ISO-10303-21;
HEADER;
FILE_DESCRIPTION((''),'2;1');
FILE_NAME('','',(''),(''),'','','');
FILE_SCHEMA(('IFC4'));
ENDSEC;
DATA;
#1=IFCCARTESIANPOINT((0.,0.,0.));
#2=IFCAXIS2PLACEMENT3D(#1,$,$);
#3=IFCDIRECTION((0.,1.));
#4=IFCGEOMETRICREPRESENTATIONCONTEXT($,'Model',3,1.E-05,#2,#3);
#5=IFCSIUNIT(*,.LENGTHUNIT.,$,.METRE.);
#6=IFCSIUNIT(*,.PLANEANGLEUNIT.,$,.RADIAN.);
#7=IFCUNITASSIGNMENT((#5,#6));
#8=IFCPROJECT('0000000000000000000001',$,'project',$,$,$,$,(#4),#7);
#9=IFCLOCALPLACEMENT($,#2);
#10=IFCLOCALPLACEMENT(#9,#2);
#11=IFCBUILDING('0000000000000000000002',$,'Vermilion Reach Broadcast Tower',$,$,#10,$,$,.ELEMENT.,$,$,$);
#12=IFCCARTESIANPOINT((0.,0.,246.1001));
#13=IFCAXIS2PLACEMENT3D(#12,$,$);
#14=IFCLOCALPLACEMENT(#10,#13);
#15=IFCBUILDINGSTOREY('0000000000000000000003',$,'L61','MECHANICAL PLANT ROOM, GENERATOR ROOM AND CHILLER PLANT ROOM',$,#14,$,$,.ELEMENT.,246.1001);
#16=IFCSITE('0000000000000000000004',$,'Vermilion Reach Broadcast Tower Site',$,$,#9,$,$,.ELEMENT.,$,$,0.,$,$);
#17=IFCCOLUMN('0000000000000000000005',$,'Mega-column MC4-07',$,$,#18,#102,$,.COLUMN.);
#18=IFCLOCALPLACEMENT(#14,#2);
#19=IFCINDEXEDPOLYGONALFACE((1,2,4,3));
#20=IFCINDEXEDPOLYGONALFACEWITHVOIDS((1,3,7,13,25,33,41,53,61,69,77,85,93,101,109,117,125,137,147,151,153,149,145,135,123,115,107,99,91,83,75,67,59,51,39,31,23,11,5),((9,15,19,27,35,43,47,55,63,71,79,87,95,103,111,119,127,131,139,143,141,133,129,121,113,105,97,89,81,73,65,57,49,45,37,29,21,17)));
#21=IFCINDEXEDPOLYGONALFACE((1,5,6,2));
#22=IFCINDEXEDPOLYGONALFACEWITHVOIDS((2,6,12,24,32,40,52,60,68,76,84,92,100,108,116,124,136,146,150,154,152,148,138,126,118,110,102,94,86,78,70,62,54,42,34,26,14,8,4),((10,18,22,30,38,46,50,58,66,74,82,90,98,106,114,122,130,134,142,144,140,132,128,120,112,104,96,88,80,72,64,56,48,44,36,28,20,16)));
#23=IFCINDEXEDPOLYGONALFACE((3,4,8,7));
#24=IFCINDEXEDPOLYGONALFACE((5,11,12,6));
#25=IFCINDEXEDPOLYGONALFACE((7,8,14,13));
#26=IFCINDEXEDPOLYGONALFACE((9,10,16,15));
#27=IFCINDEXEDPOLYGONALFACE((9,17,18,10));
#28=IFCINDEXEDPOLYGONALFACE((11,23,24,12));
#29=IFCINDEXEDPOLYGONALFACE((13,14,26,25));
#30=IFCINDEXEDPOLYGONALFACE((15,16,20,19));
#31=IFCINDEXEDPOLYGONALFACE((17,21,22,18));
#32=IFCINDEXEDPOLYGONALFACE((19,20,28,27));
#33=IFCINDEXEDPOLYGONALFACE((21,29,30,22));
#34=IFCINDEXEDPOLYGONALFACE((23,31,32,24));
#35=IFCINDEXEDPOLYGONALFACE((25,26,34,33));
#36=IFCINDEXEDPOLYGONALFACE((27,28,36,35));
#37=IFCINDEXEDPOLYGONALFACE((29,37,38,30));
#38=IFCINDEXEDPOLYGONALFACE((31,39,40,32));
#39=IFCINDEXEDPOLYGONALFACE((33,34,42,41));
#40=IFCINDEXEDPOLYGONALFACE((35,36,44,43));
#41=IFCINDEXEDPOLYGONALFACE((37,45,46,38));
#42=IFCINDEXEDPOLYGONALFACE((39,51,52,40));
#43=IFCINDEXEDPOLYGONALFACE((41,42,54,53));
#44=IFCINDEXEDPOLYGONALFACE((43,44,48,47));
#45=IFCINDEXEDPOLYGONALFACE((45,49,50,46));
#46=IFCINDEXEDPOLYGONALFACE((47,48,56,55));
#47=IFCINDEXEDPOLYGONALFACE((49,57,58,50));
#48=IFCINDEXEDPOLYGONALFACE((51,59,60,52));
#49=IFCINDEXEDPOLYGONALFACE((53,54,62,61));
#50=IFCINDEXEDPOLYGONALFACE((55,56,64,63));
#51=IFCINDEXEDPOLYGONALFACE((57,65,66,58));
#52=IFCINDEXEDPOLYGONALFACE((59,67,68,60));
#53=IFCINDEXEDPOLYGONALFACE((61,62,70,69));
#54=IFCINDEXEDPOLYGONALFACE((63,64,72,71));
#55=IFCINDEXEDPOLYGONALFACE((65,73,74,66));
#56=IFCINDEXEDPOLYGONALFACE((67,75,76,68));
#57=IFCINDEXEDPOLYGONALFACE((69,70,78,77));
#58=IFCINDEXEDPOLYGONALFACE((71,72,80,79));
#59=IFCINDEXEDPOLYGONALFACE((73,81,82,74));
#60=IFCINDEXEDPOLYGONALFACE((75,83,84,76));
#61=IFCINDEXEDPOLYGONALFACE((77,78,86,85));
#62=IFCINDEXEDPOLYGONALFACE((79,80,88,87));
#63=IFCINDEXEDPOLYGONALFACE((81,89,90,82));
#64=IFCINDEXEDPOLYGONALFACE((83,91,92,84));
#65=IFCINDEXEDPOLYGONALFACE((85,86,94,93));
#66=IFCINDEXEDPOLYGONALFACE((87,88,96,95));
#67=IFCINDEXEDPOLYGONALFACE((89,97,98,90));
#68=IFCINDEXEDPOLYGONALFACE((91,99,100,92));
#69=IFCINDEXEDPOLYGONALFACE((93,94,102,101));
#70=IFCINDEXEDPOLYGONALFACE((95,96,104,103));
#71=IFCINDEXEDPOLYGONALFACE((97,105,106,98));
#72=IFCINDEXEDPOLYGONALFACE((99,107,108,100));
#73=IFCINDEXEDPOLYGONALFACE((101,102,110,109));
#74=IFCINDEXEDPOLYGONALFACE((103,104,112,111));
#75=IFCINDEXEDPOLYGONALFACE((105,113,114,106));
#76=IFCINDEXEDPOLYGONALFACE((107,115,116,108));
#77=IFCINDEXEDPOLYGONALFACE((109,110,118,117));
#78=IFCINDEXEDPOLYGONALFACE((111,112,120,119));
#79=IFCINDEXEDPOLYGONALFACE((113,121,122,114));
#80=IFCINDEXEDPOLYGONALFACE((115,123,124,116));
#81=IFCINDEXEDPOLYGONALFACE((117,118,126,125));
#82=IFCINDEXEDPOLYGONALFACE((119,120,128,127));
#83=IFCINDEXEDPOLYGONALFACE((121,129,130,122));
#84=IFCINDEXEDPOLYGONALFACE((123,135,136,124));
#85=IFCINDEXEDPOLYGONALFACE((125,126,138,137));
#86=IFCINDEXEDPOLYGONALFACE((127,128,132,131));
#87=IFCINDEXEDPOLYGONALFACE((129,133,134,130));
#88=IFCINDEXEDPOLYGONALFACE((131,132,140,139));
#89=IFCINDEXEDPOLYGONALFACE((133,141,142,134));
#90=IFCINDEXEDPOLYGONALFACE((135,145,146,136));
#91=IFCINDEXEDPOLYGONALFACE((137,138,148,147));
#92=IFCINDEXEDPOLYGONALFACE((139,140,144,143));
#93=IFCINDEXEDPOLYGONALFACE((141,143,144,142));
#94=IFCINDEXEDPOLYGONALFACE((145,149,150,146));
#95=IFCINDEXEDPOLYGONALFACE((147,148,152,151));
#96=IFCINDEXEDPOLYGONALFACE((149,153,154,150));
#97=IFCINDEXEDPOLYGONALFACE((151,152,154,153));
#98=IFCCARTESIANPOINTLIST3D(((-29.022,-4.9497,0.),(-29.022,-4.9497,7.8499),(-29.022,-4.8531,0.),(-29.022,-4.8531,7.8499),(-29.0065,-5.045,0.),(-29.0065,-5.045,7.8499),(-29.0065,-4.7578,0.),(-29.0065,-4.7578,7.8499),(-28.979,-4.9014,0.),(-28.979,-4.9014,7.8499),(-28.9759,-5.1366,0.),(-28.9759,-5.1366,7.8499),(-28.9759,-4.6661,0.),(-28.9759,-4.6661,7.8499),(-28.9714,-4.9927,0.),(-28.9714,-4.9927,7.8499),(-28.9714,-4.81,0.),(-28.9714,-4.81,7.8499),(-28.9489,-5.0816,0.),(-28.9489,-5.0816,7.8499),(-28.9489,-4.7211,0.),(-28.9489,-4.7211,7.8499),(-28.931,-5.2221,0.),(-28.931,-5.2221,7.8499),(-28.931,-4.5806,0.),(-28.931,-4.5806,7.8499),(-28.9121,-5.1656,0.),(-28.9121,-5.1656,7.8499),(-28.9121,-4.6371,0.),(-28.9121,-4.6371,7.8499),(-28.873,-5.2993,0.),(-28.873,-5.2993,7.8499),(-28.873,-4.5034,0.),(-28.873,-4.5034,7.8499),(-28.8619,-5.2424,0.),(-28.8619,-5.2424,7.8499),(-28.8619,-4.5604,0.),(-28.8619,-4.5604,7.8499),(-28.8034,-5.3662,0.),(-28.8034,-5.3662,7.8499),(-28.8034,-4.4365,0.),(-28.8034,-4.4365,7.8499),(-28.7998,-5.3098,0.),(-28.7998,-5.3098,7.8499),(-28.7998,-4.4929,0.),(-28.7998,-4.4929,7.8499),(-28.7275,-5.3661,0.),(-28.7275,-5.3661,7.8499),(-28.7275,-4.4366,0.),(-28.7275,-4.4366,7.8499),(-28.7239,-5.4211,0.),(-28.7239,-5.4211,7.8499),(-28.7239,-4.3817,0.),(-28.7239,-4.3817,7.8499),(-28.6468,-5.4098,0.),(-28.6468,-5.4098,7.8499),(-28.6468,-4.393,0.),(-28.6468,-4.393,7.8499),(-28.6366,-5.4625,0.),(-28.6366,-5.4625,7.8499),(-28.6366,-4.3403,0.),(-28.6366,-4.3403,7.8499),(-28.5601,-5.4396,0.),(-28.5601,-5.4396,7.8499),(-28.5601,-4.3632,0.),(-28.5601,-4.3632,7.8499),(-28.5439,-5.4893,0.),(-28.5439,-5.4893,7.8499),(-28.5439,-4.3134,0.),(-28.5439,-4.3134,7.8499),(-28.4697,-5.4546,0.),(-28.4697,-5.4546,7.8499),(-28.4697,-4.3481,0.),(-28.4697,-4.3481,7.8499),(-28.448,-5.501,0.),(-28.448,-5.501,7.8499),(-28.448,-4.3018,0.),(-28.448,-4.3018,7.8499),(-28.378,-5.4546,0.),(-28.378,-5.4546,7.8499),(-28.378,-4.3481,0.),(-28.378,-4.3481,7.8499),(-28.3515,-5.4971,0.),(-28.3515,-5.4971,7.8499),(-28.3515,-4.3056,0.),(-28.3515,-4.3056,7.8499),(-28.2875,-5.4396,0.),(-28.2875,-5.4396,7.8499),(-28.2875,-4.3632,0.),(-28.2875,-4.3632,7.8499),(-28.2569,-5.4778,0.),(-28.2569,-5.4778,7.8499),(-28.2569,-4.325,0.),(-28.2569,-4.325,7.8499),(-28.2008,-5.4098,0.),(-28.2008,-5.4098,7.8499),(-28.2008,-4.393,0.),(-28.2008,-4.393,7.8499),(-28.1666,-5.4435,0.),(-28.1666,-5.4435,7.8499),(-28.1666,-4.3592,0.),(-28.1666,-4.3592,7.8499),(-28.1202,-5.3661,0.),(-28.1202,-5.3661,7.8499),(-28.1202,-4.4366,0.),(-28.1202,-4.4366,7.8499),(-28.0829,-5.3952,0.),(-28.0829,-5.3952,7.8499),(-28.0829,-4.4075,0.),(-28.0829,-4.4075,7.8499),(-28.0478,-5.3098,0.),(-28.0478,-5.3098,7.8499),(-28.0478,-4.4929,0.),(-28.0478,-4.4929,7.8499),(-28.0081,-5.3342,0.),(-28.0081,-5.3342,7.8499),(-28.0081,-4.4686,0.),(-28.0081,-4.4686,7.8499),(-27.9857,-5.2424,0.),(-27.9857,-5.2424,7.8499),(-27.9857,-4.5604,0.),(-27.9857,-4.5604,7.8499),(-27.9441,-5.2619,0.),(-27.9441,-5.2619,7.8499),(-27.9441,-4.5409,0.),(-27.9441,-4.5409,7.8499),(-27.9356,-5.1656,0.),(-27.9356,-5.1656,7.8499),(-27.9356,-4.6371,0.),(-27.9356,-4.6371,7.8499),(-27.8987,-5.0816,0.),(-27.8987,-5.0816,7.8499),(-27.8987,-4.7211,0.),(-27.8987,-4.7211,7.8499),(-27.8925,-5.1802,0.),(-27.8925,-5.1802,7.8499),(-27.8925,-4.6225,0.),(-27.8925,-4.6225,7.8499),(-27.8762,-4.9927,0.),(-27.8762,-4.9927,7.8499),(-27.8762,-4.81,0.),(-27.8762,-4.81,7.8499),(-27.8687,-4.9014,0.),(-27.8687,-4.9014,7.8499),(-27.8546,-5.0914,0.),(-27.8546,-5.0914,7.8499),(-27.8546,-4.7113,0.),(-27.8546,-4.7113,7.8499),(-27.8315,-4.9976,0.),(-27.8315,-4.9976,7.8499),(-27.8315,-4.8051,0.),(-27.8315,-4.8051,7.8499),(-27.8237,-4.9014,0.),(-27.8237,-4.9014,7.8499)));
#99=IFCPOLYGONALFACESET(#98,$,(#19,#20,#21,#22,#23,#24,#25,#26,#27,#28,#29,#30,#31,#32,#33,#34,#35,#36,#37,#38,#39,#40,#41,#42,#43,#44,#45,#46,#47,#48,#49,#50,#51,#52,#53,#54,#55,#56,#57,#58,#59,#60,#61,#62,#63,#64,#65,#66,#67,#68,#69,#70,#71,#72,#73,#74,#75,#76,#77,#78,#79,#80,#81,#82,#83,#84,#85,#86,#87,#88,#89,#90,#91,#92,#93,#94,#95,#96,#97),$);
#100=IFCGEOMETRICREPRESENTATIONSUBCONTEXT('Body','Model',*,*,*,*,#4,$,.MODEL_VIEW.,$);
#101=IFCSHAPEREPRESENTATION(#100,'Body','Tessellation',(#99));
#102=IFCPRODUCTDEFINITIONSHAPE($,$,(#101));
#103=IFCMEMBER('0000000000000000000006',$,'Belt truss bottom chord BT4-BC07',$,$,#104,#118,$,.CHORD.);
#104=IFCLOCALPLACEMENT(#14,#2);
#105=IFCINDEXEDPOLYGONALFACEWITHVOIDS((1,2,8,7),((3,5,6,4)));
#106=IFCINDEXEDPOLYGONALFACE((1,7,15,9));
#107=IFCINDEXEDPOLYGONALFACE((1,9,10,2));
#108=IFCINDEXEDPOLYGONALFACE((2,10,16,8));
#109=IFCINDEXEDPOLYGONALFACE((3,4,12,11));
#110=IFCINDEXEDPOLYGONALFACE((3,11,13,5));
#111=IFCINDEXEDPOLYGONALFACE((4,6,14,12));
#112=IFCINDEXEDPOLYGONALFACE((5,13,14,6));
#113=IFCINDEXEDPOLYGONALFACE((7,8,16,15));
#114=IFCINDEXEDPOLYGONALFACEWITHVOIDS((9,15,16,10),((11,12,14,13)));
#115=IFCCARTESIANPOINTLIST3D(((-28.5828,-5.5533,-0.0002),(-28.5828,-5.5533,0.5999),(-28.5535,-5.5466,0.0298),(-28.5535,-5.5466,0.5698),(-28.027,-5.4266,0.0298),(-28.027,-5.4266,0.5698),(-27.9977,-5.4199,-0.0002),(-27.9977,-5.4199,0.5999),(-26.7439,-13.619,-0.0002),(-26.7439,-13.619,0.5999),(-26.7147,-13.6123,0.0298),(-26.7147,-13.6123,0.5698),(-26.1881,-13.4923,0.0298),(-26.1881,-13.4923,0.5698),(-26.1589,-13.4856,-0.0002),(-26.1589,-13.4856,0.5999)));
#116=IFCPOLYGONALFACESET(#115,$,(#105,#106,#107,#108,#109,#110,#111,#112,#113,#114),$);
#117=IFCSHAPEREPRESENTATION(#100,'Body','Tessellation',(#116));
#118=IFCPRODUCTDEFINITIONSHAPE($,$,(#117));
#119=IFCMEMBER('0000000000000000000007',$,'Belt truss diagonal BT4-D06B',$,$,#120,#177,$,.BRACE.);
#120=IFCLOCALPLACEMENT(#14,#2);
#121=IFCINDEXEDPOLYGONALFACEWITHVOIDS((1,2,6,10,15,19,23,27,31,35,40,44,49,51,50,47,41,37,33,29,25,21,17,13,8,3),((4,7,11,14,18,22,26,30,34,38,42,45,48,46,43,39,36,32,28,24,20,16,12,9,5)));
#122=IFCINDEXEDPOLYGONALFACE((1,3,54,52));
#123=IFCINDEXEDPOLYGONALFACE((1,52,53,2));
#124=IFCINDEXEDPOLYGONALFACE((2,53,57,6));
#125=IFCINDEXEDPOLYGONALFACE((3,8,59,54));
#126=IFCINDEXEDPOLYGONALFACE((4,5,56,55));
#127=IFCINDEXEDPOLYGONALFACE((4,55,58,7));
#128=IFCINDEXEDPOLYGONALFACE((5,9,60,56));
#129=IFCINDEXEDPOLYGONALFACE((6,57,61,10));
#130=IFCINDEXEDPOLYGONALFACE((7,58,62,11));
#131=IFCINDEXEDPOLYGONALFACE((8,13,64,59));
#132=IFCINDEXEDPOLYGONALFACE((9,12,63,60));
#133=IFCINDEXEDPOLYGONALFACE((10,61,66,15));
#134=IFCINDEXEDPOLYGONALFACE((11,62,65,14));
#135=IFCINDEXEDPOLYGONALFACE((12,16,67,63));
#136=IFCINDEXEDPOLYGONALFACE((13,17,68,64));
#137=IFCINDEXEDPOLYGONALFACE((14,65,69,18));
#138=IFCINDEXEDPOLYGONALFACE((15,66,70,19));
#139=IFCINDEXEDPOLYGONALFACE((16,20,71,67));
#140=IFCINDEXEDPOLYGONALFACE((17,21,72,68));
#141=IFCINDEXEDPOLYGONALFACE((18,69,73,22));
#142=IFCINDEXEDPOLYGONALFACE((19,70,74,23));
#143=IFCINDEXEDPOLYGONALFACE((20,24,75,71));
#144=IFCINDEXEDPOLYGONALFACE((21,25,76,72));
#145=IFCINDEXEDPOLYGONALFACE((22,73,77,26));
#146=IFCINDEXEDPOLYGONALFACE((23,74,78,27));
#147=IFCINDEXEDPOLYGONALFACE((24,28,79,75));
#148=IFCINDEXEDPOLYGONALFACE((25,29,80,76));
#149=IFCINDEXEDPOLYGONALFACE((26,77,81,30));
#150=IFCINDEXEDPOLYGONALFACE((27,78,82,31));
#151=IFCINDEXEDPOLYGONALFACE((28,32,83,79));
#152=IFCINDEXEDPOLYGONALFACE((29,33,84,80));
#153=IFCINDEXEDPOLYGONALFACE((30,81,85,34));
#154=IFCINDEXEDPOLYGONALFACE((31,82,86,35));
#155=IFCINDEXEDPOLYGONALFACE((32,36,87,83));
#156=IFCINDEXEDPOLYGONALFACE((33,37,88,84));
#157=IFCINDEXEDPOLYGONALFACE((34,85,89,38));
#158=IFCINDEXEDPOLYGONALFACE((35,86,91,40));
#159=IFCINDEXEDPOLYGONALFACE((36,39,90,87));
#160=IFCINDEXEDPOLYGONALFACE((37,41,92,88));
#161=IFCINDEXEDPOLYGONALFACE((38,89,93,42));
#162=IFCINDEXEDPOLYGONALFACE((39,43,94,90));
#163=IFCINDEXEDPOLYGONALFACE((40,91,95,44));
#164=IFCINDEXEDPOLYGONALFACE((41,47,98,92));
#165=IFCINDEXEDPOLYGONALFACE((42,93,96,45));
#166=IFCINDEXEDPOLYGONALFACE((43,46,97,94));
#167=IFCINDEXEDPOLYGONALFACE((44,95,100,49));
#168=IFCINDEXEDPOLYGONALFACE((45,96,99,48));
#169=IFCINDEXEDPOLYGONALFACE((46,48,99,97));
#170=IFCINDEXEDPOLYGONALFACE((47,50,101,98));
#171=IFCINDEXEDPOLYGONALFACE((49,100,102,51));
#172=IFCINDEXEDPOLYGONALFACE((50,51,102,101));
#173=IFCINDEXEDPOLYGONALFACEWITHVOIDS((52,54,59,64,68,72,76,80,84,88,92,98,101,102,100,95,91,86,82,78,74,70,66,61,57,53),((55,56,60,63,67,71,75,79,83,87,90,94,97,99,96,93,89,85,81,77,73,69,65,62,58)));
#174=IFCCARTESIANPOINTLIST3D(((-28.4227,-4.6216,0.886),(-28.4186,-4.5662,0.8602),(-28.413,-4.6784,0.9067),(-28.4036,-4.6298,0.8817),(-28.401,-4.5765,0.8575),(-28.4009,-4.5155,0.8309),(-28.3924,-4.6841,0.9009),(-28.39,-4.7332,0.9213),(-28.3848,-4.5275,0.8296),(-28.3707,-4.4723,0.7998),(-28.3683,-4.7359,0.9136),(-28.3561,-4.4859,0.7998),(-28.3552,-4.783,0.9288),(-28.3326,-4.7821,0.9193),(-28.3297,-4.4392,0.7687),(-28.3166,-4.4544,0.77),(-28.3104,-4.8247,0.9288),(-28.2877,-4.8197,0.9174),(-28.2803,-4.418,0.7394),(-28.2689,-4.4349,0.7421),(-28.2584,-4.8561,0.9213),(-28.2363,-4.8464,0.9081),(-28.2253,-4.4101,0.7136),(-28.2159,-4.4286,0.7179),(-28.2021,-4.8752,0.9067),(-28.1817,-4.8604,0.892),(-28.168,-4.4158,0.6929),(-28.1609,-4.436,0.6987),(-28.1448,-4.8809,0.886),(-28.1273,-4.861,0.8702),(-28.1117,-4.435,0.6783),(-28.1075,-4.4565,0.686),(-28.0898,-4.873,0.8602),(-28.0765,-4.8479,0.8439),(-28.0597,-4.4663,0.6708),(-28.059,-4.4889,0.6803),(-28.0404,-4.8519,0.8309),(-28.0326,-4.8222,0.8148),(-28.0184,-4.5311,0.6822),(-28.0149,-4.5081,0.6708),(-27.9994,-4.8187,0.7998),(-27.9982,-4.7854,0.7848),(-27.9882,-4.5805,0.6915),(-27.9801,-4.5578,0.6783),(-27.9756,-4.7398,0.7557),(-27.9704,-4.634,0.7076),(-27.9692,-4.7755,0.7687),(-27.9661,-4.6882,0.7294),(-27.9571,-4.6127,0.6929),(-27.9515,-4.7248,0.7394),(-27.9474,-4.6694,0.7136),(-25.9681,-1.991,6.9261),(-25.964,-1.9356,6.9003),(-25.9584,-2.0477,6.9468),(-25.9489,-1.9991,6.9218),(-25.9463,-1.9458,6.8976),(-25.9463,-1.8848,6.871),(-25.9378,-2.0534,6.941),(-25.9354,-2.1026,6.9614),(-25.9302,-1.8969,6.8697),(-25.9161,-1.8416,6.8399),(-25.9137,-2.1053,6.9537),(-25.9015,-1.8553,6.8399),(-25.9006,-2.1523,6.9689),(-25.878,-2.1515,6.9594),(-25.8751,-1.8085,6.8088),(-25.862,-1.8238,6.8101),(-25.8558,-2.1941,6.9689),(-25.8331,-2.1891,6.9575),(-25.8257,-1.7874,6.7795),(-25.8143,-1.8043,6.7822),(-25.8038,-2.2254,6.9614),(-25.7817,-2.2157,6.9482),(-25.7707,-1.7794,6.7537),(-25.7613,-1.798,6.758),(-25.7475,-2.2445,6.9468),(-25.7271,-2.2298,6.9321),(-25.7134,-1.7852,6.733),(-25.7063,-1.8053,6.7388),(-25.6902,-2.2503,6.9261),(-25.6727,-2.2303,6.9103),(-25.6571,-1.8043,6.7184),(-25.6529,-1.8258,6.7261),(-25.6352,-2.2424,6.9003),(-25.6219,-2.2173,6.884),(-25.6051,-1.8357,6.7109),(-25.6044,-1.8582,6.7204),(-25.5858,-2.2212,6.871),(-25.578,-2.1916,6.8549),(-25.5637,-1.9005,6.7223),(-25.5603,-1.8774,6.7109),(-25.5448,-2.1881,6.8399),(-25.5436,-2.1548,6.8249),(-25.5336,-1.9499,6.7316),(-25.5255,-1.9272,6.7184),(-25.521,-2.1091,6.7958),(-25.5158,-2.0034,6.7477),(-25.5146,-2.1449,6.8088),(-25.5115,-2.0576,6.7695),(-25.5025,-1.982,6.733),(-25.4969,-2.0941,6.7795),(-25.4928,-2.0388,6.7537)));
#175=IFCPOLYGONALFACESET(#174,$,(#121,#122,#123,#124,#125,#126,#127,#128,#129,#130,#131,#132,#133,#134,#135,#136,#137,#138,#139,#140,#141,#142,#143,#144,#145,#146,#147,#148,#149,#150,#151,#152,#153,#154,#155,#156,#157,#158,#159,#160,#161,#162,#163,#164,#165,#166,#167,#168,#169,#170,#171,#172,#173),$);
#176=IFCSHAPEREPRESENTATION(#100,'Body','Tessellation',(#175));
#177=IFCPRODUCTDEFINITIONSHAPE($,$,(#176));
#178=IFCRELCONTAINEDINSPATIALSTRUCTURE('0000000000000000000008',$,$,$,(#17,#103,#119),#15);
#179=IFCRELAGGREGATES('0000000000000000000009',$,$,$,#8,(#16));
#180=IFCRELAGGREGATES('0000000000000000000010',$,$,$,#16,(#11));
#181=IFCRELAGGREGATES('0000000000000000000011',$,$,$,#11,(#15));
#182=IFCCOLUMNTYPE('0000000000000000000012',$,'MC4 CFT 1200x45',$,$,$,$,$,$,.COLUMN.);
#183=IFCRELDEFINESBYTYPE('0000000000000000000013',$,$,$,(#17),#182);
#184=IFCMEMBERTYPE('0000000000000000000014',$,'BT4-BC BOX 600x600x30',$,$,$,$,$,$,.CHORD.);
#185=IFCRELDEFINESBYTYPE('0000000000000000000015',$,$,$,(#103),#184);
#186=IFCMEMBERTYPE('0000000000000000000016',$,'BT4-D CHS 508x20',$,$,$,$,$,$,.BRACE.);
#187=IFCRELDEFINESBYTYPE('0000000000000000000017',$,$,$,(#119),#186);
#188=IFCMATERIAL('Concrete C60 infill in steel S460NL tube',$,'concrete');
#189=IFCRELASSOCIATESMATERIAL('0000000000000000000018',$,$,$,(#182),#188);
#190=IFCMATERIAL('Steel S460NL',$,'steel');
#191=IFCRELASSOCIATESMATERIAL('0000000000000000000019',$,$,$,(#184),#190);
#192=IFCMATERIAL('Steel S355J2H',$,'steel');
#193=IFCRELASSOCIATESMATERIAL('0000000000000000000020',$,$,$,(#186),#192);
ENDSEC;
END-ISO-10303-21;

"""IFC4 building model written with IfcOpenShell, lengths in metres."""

from ifc_helpers import new_model, si_unit, direction, frame, origin, origin_2d, place, context, subcontext, project, spatial, hollow_rectangle, hollow_circle, extrude, material, material_profile, profile_set, type_object, element, save


model = new_model("IFC4")

# Units and contexts
model_context = context("Model", 3, precision=1e-05, world=origin(), true_north=direction((0.0, 1.0)))
body_context = subcontext(model_context, "Body", "Model", "MODEL_VIEW")
ifc_project = project(units=[si_unit("LENGTHUNIT", "METRE"), si_unit("PLANEANGLEUNIT", "RADIAN")], contexts=[model_context])

# Site, building, storey
site_placement = place(None, origin())
site = spatial("IfcSite", under=ifc_project, at=site_placement, Name="Vermilion Reach Broadcast Tower Site", CompositionType="ELEMENT", RefElevation=0.0)
building_placement = place(site_placement, origin())
building = spatial("IfcBuilding", under=site, at=building_placement, Name="Vermilion Reach Broadcast Tower", CompositionType="ELEMENT")
storey_placement = place(building_placement, frame((0.0, 0.0, 246.1001)))
storey = spatial("IfcBuildingStorey", under=building, at=storey_placement, Name="L61", Description="MECHANICAL PLANT ROOM, GENERATOR ROOM AND CHILLER PLANT ROOM", CompositionType="ELEMENT", Elevation=246.1001)

# Column
ifc_material_1 = material(Name="Concrete C60 infill in steel S460NL tube", Category="concrete")
ifc_material_profile_1 = material_profile(ifc_material_1, hollow_circle(Radius=0.6001, WallThickness=0.0449, at=origin_2d()), Name="Concrete C60 infill in steel S460NL tube CFT 1200x45")
ifc_profile_set_1 = profile_set([ifc_material_profile_1], Name="Concrete C60 infill in steel S460NL tube")
column_type = type_object("IfcColumnType", Name="MC4 CFT 1200x45", PredefinedType="COLUMN", material=ifc_profile_set_1)
column_placement = place(storey_placement, frame((-28.4238, -4.9014, 0.0), z_axis=(0.0, 0.0, 1.0), x_axis=(1.0, 0.0, 0.0)))
element("IfcColumn", 1, at=column_placement, inside=storey, type_object=column_type, Name="Mega-column MC4-07", PredefinedType="COLUMN", context=body_context, shape_type="SweptSolid", body=[
    extrude(hollow_circle(Radius=0.6001, WallThickness=0.0449, at=origin_2d()), origin(), (0.0, 0.0, 1.0), 7.8499),
])

# Members
ifc_material_2 = material(Name="Steel S460NL", Category="steel")
ifc_material_profile_2 = material_profile(ifc_material_2, hollow_rectangle(XDim=0.6001, YDim=0.6001, WallThickness=0.03, at=origin_2d()), Name="S460NL BOX 600x600x30")
ifc_profile_set_2 = profile_set([ifc_material_profile_2], Name="Steel S460NL")
member_type_1 = type_object("IfcMemberType", Name="BT4-BC BOX 600x600x30", PredefinedType="CHORD", material=ifc_profile_set_2)
member_1_placement = place(storey_placement, frame((-28.2903, -5.4866, 0.2998), z_axis=(0.222283, -0.974982, 0.0), x_axis=(0.974982, 0.222283, 0.0)))
element("IfcMember", 2, at=member_1_placement, inside=storey, type_object=member_type_1, Name="Belt truss bottom chord BT4-BC07", PredefinedType="CHORD", context=body_context, shape_type="SweptSolid", body=[
    extrude(hollow_rectangle(XDim=0.6001, YDim=0.6001, WallThickness=0.03, at=origin_2d()), origin(), (0.0, 0.0, 1.0), 8.2727),
])
ifc_material_3 = material(Name="Steel S355J2H", Category="steel")
ifc_material_profile_3 = material_profile(ifc_material_3, hollow_circle(Radius=0.2539, WallThickness=0.02, at=origin_2d()), Name="S355J2H CHS 508x20")
ifc_profile_set_3 = profile_set([ifc_material_profile_3], Name="Steel S355J2H")
member_type_2 = type_object("IfcMemberType", Name="BT4-D CHS 508x20", PredefinedType="BRACE", material=ifc_profile_set_3)
member_2_placement = place(storey_placement, frame((-28.1851, -4.6455, 0.7998), z_axis=(0.349137, 0.374175, 0.859126), x_axis=(-0.731146, 0.682222, 0.0)))
element("IfcMember", 3, at=member_2_placement, inside=storey, type_object=member_type_2, Name="Belt truss diagonal BT4-D06B", PredefinedType="BRACE", context=body_context, shape_type="SweptSolid", body=[
    extrude(hollow_circle(Radius=0.2539, WallThickness=0.02, at=origin_2d()), origin(), (0.0, 0.0, 1.0), 7.0305),
])

save(model, "model.ifc")
